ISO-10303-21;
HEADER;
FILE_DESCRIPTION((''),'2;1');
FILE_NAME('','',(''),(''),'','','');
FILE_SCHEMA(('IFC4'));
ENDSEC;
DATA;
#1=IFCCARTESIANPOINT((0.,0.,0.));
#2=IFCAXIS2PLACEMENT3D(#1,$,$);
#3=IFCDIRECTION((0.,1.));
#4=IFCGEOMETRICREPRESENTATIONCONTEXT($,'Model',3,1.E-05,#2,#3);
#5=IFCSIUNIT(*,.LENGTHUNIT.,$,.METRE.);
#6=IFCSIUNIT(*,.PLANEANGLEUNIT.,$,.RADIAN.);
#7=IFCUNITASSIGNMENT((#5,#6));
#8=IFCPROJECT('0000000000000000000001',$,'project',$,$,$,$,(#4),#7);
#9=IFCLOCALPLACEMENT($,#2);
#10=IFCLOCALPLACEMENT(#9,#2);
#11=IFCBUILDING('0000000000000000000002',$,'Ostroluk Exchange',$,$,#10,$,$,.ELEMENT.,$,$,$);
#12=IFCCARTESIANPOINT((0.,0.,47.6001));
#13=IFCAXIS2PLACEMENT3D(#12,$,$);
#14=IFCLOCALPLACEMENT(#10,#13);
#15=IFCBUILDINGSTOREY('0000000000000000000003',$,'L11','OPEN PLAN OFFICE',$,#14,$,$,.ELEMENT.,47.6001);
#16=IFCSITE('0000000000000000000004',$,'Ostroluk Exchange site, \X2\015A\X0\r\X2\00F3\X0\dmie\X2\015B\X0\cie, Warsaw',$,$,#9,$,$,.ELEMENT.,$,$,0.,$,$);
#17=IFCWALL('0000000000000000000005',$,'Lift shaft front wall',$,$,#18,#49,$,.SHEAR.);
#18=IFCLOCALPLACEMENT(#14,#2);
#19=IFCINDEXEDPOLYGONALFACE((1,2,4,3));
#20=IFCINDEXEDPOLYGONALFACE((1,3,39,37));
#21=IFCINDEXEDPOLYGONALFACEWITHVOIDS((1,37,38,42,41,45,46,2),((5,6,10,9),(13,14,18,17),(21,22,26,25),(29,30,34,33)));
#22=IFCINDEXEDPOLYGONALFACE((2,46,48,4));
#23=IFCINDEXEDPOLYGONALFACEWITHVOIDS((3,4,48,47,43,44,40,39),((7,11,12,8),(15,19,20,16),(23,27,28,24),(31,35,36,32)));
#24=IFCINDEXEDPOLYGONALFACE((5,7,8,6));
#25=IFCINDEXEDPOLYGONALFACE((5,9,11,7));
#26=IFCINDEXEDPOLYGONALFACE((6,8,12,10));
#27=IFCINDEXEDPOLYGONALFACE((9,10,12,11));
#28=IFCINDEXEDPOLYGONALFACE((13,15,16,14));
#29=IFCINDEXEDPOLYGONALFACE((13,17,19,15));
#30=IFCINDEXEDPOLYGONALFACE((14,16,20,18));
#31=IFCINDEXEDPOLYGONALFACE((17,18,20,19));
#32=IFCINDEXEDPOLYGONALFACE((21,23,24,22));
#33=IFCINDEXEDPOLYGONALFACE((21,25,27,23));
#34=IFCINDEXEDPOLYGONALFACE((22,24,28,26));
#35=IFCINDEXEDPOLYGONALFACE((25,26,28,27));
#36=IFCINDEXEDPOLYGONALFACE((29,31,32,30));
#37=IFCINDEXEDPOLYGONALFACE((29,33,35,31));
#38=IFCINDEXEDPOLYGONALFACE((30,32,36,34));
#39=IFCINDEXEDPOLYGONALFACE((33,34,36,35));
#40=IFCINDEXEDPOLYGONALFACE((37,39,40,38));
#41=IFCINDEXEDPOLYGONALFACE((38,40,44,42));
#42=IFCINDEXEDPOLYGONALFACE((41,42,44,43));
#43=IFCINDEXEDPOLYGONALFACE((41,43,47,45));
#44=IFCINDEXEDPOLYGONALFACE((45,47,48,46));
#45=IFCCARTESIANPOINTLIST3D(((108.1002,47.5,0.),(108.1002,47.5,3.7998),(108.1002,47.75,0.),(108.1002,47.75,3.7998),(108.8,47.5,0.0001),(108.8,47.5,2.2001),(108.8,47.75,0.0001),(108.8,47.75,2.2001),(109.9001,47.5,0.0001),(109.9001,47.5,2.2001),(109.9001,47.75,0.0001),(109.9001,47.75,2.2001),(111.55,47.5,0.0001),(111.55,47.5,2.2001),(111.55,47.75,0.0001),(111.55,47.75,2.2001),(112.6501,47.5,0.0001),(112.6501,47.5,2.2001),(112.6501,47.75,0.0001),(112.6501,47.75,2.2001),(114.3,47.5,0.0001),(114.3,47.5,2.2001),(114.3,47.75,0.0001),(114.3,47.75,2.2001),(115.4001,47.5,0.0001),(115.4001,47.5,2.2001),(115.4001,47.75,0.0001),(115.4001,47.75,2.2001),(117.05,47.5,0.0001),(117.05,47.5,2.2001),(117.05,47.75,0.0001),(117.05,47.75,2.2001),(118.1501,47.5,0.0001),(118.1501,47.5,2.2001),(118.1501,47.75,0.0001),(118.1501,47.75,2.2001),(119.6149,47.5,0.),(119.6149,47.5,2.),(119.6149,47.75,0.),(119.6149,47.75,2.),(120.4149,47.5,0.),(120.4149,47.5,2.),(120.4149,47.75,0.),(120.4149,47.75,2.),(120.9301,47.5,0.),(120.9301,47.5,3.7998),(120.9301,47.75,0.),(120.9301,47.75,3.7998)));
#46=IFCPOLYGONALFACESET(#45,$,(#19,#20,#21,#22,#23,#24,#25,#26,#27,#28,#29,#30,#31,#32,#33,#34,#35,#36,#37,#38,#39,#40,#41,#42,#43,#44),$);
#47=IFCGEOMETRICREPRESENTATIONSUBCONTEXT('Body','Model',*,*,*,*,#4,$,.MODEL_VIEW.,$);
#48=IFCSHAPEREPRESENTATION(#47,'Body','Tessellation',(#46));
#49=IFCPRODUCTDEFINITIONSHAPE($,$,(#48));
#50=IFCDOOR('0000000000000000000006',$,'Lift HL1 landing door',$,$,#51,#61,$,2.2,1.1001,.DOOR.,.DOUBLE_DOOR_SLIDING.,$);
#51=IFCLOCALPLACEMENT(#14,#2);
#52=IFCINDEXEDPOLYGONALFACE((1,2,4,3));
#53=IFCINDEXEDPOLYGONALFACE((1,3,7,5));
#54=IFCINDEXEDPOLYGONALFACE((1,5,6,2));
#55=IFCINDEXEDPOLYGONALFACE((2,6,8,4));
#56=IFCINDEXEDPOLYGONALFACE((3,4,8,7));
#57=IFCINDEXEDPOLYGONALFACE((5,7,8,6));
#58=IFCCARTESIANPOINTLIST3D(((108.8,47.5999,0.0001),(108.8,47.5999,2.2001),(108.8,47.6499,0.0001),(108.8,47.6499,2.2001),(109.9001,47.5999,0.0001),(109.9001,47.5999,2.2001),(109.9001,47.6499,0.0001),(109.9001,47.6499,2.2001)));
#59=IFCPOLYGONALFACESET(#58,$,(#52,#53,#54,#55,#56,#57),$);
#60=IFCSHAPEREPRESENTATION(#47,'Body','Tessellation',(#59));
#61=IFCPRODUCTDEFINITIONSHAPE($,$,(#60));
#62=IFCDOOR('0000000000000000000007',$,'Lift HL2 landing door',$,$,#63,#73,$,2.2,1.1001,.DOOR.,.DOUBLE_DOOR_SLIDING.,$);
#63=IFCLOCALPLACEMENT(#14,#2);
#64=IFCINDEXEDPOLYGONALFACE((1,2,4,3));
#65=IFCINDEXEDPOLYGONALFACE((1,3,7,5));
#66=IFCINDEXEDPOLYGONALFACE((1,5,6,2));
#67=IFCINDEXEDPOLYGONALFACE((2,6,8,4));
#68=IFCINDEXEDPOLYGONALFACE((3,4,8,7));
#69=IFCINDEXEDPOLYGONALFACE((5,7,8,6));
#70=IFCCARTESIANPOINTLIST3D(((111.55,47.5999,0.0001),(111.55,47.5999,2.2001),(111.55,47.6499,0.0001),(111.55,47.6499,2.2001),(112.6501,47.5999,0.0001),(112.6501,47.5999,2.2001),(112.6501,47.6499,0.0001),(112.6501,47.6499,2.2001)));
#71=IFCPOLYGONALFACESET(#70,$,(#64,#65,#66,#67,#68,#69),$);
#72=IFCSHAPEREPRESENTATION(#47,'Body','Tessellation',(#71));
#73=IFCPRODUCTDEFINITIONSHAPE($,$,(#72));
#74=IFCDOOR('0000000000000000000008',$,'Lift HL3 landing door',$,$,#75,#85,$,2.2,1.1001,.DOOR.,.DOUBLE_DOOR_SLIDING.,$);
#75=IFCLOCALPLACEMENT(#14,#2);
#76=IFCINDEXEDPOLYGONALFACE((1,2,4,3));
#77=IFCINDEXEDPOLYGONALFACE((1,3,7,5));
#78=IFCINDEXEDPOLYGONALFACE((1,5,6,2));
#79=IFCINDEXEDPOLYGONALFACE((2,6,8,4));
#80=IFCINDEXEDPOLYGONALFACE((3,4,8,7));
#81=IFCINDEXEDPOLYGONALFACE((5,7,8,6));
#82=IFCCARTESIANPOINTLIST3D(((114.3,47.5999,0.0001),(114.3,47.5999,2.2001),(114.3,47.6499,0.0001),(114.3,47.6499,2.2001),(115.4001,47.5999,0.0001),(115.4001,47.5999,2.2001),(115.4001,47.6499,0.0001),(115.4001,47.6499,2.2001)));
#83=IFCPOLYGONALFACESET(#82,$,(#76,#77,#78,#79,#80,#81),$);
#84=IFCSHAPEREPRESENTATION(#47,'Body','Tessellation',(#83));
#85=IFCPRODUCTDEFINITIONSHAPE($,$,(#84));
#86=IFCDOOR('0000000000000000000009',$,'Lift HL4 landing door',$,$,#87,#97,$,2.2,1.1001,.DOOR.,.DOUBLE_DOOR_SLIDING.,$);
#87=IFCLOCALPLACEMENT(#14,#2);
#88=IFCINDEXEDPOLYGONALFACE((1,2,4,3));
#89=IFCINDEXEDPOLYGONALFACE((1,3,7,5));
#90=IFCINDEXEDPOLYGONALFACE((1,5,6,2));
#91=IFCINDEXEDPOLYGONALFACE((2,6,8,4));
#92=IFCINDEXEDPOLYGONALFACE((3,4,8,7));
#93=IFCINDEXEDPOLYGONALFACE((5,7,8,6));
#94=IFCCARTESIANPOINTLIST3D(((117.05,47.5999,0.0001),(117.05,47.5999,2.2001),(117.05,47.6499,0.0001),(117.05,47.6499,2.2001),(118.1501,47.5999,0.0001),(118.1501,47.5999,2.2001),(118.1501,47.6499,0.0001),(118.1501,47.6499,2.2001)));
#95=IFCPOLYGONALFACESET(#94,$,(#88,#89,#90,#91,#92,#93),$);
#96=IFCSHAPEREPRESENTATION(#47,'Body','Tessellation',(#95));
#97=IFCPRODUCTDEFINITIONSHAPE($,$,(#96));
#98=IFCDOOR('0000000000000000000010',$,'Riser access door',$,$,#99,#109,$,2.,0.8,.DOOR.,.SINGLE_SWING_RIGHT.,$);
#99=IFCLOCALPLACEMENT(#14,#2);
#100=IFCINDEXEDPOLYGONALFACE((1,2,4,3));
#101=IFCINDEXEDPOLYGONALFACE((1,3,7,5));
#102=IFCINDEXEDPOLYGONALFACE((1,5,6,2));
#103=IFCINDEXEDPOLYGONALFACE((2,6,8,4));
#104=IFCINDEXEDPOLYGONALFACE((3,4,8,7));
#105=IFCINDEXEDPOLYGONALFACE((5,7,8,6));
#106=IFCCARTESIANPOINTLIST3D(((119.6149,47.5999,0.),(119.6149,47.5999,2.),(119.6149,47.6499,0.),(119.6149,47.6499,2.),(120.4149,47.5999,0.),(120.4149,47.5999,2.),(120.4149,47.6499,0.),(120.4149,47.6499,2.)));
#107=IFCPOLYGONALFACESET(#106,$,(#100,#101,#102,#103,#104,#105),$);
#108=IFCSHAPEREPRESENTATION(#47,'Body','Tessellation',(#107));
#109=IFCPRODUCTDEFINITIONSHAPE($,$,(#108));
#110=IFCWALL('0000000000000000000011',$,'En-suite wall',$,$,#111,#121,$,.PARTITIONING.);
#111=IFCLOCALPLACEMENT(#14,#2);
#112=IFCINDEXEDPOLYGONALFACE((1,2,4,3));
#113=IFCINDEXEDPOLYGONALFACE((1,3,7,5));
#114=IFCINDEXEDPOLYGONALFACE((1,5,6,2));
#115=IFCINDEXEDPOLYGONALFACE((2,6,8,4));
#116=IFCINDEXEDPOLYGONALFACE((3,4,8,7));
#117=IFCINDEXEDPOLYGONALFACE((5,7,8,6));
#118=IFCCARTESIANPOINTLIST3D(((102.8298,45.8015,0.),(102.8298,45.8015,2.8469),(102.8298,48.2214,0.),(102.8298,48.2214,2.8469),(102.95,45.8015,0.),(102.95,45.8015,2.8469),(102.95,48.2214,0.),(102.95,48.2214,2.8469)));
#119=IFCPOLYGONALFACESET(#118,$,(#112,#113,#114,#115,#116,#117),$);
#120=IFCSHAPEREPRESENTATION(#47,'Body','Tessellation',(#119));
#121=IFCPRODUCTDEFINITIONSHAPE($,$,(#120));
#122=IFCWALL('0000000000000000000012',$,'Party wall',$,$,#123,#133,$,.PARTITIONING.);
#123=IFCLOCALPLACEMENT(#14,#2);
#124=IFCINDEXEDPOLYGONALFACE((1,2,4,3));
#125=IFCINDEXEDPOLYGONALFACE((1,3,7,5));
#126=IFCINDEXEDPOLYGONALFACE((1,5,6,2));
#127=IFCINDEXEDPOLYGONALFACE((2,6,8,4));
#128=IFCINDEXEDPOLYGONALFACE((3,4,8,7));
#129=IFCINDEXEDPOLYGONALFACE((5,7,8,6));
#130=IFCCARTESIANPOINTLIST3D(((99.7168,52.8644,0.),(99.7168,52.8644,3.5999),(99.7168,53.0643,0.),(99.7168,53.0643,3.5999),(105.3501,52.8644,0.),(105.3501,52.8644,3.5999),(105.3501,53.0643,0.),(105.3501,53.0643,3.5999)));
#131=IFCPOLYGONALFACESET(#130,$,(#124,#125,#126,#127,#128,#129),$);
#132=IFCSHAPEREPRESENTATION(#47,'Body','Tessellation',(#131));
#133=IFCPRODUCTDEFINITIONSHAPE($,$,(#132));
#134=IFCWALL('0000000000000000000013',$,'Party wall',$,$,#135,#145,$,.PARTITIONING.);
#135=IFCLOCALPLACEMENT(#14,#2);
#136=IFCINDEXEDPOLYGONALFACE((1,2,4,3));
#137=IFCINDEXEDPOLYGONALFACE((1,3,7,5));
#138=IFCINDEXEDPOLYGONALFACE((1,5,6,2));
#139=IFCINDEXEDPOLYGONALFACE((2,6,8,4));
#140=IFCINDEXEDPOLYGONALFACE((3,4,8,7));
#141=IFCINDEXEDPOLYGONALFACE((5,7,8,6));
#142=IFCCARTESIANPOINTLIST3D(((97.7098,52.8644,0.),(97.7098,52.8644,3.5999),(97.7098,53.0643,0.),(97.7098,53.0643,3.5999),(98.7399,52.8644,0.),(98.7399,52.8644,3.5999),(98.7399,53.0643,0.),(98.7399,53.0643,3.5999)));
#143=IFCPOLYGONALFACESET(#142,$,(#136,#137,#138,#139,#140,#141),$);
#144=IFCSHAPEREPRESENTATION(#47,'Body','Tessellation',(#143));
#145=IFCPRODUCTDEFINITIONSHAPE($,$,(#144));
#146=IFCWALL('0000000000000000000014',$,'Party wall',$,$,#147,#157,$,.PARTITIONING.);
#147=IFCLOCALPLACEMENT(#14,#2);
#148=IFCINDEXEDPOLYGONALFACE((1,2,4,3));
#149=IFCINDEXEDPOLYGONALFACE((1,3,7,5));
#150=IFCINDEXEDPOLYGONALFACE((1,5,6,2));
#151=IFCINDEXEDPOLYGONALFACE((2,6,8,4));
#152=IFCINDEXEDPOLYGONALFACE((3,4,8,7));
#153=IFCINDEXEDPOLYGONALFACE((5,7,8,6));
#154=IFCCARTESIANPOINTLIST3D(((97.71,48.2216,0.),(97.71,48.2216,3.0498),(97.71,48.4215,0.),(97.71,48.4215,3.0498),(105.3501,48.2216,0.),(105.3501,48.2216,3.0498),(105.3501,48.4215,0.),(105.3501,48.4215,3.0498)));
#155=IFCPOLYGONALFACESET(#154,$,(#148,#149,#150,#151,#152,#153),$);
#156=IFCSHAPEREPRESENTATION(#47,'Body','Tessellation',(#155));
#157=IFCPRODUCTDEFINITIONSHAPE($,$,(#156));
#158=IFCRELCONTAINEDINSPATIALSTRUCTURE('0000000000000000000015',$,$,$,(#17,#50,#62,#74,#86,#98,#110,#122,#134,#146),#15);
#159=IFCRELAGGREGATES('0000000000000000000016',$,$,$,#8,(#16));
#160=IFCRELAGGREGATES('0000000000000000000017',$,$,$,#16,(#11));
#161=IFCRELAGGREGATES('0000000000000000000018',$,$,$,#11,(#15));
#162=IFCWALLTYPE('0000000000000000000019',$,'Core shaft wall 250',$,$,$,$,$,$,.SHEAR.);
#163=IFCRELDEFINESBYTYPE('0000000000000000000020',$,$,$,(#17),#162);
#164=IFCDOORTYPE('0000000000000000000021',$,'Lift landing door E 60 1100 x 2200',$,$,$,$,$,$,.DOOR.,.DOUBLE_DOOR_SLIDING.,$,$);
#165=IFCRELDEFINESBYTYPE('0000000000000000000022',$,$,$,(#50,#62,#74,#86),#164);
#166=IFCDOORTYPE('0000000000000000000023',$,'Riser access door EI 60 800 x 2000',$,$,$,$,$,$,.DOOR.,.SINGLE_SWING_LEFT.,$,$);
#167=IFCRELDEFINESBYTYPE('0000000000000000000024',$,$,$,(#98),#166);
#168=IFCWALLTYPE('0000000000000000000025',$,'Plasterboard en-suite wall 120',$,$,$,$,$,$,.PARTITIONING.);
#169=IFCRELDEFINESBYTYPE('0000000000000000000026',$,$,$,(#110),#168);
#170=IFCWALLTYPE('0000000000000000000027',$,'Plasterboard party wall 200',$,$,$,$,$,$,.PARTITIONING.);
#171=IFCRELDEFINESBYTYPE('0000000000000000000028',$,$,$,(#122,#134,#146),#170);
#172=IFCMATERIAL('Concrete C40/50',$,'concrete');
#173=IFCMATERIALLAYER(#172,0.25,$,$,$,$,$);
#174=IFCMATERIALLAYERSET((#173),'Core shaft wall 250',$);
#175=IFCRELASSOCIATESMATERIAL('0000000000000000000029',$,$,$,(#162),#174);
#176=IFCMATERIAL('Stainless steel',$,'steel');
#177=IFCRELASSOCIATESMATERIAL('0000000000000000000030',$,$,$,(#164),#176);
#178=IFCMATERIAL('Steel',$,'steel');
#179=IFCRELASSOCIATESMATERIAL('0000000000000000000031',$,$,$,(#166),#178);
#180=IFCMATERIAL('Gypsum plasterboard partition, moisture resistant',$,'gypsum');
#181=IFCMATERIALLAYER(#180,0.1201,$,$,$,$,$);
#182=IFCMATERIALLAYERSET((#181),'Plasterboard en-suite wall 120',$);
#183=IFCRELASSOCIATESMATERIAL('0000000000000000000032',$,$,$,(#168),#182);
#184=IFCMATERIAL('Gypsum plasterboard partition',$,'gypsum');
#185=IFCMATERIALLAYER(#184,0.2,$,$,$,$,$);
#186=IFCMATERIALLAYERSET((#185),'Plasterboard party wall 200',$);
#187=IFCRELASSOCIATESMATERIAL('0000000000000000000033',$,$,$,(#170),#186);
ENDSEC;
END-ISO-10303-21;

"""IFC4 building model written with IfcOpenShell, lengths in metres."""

from ifc_helpers import new_model, si_unit, direction, frame, frame_2d, origin, place, context, subcontext, project, spatial, rectangle, extrude, material, layer, layer_set, type_object, element, fill, save


model = new_model("IFC4")

# Units and contexts
model_context = context("Model", 3, precision=1e-05, world=origin(), true_north=direction((0.0, 1.0)))
body_context = subcontext(model_context, "Body", "Model", "MODEL_VIEW")
ifc_project = project(units=[si_unit("LENGTHUNIT", "METRE"), si_unit("PLANEANGLEUNIT", "RADIAN")], contexts=[model_context])

# Site, building, storey
site_placement = place(None, origin())
site = spatial("IfcSite", under=ifc_project, at=site_placement, Name="Ostroluk Exchange site, Śródmieście, Warsaw", CompositionType="ELEMENT", RefElevation=0.0)
building_placement = place(site_placement, origin())
building = spatial("IfcBuilding", under=site, at=building_placement, Name="Ostroluk Exchange", CompositionType="ELEMENT")
storey_placement = place(building_placement, frame((0.0, 0.0, 47.6001)))
storey = spatial("IfcBuildingStorey", under=building, at=storey_placement, Name="L11", Description="OPEN PLAN OFFICE", CompositionType="ELEMENT", Elevation=47.6001)

# Shared definitions
ifc_material_1 = material(Name="Concrete C40/50", Category="concrete")
ifc_layer_1 = layer(ifc_material_1, 0.25)
ifc_layer_set_1 = layer_set([ifc_layer_1], Name="Core shaft wall 250")
wall_type_1 = type_object("IfcWallType", Name="Core shaft wall 250", PredefinedType="SHEAR", material=ifc_layer_set_1)

# Wall, openings, doors
wall_1_placement = place(storey_placement, frame((108.1001, 47.625, 0.0), z_axis=(0.0, 0.0, 1.0), x_axis=(1.0, 0.0, 0.0)))
wall_1 = element("IfcWall", 1, at=wall_1_placement, inside=storey, type_object=wall_type_1, Name="Lift shaft front wall", PredefinedType="SHEAR", context=body_context, shape_type="SweptSolid", body=[
    extrude(rectangle(XDim=12.8298, YDim=0.25, at=frame_2d((6.415, 0.0))), origin(), (0.0, 0.0, 1.0), 3.7998),
])
opening_1_placement = place(wall_1_placement, frame((0.7, 0.0, 0.0)))
opening_1 = element("IfcOpeningElement", 2, at=opening_1_placement, cuts=wall_1, PredefinedType="OPENING", context=body_context, shape_type="SweptSolid", body=[
    extrude(rectangle(XDim=1.1001, YDim=2.2, at=frame_2d((0.55, 1.1001))), frame((0.0, 0.135, 0.0), z_axis=(0.0, -1.0, 0.0), x_axis=(1.0, 0.0, 0.0)), (0.0, 0.0, 1.0), 0.27),
])
opening_2_placement = place(wall_1_placement, frame((3.45, 0.0, 0.0)))
opening_2 = element("IfcOpeningElement", 3, at=opening_2_placement, cuts=wall_1, PredefinedType="OPENING", context=body_context, shape_type="SweptSolid", body=[
    extrude(rectangle(XDim=1.1001, YDim=2.2, at=frame_2d((0.55, 1.1001))), frame((0.0, 0.135, 0.0), z_axis=(0.0, -1.0, 0.0), x_axis=(1.0, 0.0, 0.0)), (0.0, 0.0, 1.0), 0.27),
])
opening_3_placement = place(wall_1_placement, frame((6.2, 0.0, 0.0)))
opening_3 = element("IfcOpeningElement", 4, at=opening_3_placement, cuts=wall_1, PredefinedType="OPENING", context=body_context, shape_type="SweptSolid", body=[
    extrude(rectangle(XDim=1.1001, YDim=2.2, at=frame_2d((0.55, 1.1001))), frame((0.0, 0.135, 0.0), z_axis=(0.0, -1.0, 0.0), x_axis=(1.0, 0.0, 0.0)), (0.0, 0.0, 1.0), 0.27),
])
opening_4_placement = place(wall_1_placement, frame((8.95, 0.0, 0.0)))
opening_4 = element("IfcOpeningElement", 5, at=opening_4_placement, cuts=wall_1, PredefinedType="OPENING", context=body_context, shape_type="SweptSolid", body=[
    extrude(rectangle(XDim=1.1001, YDim=2.2, at=frame_2d((0.55, 1.1001))), frame((0.0, 0.135, 0.0), z_axis=(0.0, -1.0, 0.0), x_axis=(1.0, 0.0, 0.0)), (0.0, 0.0, 1.0), 0.27),
])
opening_5_placement = place(wall_1_placement, frame((11.5149, 0.0, 0.0)))
opening_5 = element("IfcOpeningElement", 6, at=opening_5_placement, cuts=wall_1, PredefinedType="OPENING", context=body_context, shape_type="SweptSolid", body=[
    extrude(rectangle(XDim=0.8, YDim=2.0, at=frame_2d((0.3999, 1.0))), frame((0.0, 0.135, 0.0), z_axis=(0.0, -1.0, 0.0), x_axis=(1.0, 0.0, 0.0)), (0.0, 0.0, 1.0), 0.27),
])
ifc_material_2 = material(Name="Stainless steel", Category="steel")
door_type_1 = type_object("IfcDoorType", Name="Lift landing door E 60 1100 x 2200", OperationType="DOUBLE_DOOR_SLIDING", PredefinedType="DOOR", material=ifc_material_2)
door_1_placement = place(opening_1_placement, origin())
door_1 = element("IfcDoor", 7, at=door_1_placement, inside=storey, type_object=door_type_1, Name="Lift HL1 landing door", OperationType="DOUBLE_DOOR_SLIDING", OverallHeight=2.2, OverallWidth=1.1001, PredefinedType="DOOR", context=body_context, shape_type="SweptSolid", body=[
    extrude(rectangle(XDim=1.1001, YDim=2.2, at=frame_2d((0.55, 1.1001))), frame((0.0, 0.0249, 0.0), z_axis=(0.0, -1.0, 0.0), x_axis=(1.0, 0.0, 0.0)), (0.0, 0.0, 1.0), 0.05),
])
fill(opening_1, door_1)
door_2_placement = place(opening_2_placement, origin())
door_2 = element("IfcDoor", 8, at=door_2_placement, inside=storey, type_object=door_type_1, Name="Lift HL2 landing door", OperationType="DOUBLE_DOOR_SLIDING", OverallHeight=2.2, OverallWidth=1.1001, PredefinedType="DOOR", context=body_context, shape_type="SweptSolid", body=[
    extrude(rectangle(XDim=1.1001, YDim=2.2, at=frame_2d((0.55, 1.1001))), frame((0.0, 0.0249, 0.0), z_axis=(0.0, -1.0, 0.0), x_axis=(1.0, 0.0, 0.0)), (0.0, 0.0, 1.0), 0.05),
])
fill(opening_2, door_2)
door_3_placement = place(opening_3_placement, origin())
door_3 = element("IfcDoor", 9, at=door_3_placement, inside=storey, type_object=door_type_1, Name="Lift HL3 landing door", OperationType="DOUBLE_DOOR_SLIDING", OverallHeight=2.2, OverallWidth=1.1001, PredefinedType="DOOR", context=body_context, shape_type="SweptSolid", body=[
    extrude(rectangle(XDim=1.1001, YDim=2.2, at=frame_2d((0.55, 1.1001))), frame((0.0, 0.0249, 0.0), z_axis=(0.0, -1.0, 0.0), x_axis=(1.0, 0.0, 0.0)), (0.0, 0.0, 1.0), 0.05),
])
fill(opening_3, door_3)
door_4_placement = place(opening_4_placement, origin())
door_4 = element("IfcDoor", 10, at=door_4_placement, inside=storey, type_object=door_type_1, Name="Lift HL4 landing door", OperationType="DOUBLE_DOOR_SLIDING", OverallHeight=2.2, OverallWidth=1.1001, PredefinedType="DOOR", context=body_context, shape_type="SweptSolid", body=[
    extrude(rectangle(XDim=1.1001, YDim=2.2, at=frame_2d((0.55, 1.1001))), frame((0.0, 0.0249, 0.0), z_axis=(0.0, -1.0, 0.0), x_axis=(1.0, 0.0, 0.0)), (0.0, 0.0, 1.0), 0.05),
])
fill(opening_4, door_4)
ifc_material_3 = material(Name="Steel", Category="steel")
door_type_2 = type_object("IfcDoorType", Name="Riser access door EI 60 800 x 2000", OperationType="SINGLE_SWING_LEFT", PredefinedType="DOOR", material=ifc_material_3)
door_5_placement = place(opening_5_placement, origin())
door_5 = element("IfcDoor", 11, at=door_5_placement, inside=storey, type_object=door_type_2, Name="Riser access door", OperationType="SINGLE_SWING_RIGHT", OverallHeight=2.0, OverallWidth=0.8, PredefinedType="DOOR", context=body_context, shape_type="SweptSolid", body=[
    extrude(rectangle(XDim=0.8, YDim=2.0, at=frame_2d((0.3999, 1.0))), frame((0.0, 0.0249, 0.0), z_axis=(0.0, -1.0, 0.0), x_axis=(1.0, 0.0, 0.0)), (0.0, 0.0, 1.0), 0.05),
])
fill(opening_5, door_5)

# Walls
ifc_material_4 = material(Name="Gypsum plasterboard partition, moisture resistant", Category="gypsum")
ifc_layer_2 = layer(ifc_material_4, 0.1201)
ifc_layer_set_2 = layer_set([ifc_layer_2], Name="Plasterboard en-suite wall 120")
wall_type_2 = type_object("IfcWallType", Name="Plasterboard en-suite wall 120", PredefinedType="PARTITIONING", material=ifc_layer_set_2)
wall_2_placement = place(storey_placement, frame((102.8899, 48.2214, 0.0), z_axis=(0.0, 0.0, 1.0), x_axis=(0.0, -1.0, 0.0)))
element("IfcWall", 12, at=wall_2_placement, inside=storey, type_object=wall_type_2, Name="En-suite wall", PredefinedType="PARTITIONING", context=body_context, shape_type="SweptSolid", body=[
    extrude(rectangle(XDim=2.4199, YDim=0.1201, at=frame_2d((1.21, 0.0))), origin(), (0.0, 0.0, 1.0), 2.8469),
])
ifc_material_5 = material(Name="Gypsum plasterboard partition", Category="gypsum")
ifc_layer_3 = layer(ifc_material_5, 0.2)
ifc_layer_set_3 = layer_set([ifc_layer_3], Name="Plasterboard party wall 200")
wall_type_3 = type_object("IfcWallType", Name="Plasterboard party wall 200", PredefinedType="PARTITIONING", material=ifc_layer_set_3)
wall_3_placement = place(storey_placement, frame((105.3501, 52.9644, 0.0), z_axis=(0.0, 0.0, 1.0), x_axis=(-1.0, 0.0, 0.0)))
element("IfcWall", 13, at=wall_3_placement, inside=storey, type_object=wall_type_3, Name="Party wall", PredefinedType="PARTITIONING", context=body_context, shape_type="SweptSolid", body=[
    extrude(rectangle(XDim=5.6333, YDim=0.2, at=frame_2d((2.8167, 0.0))), origin(), (0.0, 0.0, 1.0), 3.5999),
])
wall_4_placement = place(storey_placement, frame((98.74, 52.9644, 0.0), z_axis=(0.0, 0.0, 1.0), x_axis=(-1.0, 0.0, 0.0)))
element("IfcWall", 14, at=wall_4_placement, inside=storey, type_object=wall_type_3, Name="Party wall", PredefinedType="PARTITIONING", context=body_context, shape_type="SweptSolid", body=[
    extrude(rectangle(XDim=1.03, YDim=0.2, at=frame_2d((0.5151, 0.0))), origin(), (0.0, 0.0, 1.0), 3.5999),
])
wall_5_placement = place(storey_placement, frame((105.3501, 48.3215, 0.0), z_axis=(0.0, 0.0, 1.0), x_axis=(-1.0, 0.0, 0.0)))
element("IfcWall", 15, at=wall_5_placement, inside=storey, type_object=wall_type_3, Name="Party wall", PredefinedType="PARTITIONING", context=body_context, shape_type="SweptSolid", body=[
    extrude(rectangle(XDim=7.6401, YDim=0.2, at=frame_2d((3.8201, 0.0))), origin(), (0.0, 0.0, 1.0), 3.0498),
])

save(model, "model.ifc")
